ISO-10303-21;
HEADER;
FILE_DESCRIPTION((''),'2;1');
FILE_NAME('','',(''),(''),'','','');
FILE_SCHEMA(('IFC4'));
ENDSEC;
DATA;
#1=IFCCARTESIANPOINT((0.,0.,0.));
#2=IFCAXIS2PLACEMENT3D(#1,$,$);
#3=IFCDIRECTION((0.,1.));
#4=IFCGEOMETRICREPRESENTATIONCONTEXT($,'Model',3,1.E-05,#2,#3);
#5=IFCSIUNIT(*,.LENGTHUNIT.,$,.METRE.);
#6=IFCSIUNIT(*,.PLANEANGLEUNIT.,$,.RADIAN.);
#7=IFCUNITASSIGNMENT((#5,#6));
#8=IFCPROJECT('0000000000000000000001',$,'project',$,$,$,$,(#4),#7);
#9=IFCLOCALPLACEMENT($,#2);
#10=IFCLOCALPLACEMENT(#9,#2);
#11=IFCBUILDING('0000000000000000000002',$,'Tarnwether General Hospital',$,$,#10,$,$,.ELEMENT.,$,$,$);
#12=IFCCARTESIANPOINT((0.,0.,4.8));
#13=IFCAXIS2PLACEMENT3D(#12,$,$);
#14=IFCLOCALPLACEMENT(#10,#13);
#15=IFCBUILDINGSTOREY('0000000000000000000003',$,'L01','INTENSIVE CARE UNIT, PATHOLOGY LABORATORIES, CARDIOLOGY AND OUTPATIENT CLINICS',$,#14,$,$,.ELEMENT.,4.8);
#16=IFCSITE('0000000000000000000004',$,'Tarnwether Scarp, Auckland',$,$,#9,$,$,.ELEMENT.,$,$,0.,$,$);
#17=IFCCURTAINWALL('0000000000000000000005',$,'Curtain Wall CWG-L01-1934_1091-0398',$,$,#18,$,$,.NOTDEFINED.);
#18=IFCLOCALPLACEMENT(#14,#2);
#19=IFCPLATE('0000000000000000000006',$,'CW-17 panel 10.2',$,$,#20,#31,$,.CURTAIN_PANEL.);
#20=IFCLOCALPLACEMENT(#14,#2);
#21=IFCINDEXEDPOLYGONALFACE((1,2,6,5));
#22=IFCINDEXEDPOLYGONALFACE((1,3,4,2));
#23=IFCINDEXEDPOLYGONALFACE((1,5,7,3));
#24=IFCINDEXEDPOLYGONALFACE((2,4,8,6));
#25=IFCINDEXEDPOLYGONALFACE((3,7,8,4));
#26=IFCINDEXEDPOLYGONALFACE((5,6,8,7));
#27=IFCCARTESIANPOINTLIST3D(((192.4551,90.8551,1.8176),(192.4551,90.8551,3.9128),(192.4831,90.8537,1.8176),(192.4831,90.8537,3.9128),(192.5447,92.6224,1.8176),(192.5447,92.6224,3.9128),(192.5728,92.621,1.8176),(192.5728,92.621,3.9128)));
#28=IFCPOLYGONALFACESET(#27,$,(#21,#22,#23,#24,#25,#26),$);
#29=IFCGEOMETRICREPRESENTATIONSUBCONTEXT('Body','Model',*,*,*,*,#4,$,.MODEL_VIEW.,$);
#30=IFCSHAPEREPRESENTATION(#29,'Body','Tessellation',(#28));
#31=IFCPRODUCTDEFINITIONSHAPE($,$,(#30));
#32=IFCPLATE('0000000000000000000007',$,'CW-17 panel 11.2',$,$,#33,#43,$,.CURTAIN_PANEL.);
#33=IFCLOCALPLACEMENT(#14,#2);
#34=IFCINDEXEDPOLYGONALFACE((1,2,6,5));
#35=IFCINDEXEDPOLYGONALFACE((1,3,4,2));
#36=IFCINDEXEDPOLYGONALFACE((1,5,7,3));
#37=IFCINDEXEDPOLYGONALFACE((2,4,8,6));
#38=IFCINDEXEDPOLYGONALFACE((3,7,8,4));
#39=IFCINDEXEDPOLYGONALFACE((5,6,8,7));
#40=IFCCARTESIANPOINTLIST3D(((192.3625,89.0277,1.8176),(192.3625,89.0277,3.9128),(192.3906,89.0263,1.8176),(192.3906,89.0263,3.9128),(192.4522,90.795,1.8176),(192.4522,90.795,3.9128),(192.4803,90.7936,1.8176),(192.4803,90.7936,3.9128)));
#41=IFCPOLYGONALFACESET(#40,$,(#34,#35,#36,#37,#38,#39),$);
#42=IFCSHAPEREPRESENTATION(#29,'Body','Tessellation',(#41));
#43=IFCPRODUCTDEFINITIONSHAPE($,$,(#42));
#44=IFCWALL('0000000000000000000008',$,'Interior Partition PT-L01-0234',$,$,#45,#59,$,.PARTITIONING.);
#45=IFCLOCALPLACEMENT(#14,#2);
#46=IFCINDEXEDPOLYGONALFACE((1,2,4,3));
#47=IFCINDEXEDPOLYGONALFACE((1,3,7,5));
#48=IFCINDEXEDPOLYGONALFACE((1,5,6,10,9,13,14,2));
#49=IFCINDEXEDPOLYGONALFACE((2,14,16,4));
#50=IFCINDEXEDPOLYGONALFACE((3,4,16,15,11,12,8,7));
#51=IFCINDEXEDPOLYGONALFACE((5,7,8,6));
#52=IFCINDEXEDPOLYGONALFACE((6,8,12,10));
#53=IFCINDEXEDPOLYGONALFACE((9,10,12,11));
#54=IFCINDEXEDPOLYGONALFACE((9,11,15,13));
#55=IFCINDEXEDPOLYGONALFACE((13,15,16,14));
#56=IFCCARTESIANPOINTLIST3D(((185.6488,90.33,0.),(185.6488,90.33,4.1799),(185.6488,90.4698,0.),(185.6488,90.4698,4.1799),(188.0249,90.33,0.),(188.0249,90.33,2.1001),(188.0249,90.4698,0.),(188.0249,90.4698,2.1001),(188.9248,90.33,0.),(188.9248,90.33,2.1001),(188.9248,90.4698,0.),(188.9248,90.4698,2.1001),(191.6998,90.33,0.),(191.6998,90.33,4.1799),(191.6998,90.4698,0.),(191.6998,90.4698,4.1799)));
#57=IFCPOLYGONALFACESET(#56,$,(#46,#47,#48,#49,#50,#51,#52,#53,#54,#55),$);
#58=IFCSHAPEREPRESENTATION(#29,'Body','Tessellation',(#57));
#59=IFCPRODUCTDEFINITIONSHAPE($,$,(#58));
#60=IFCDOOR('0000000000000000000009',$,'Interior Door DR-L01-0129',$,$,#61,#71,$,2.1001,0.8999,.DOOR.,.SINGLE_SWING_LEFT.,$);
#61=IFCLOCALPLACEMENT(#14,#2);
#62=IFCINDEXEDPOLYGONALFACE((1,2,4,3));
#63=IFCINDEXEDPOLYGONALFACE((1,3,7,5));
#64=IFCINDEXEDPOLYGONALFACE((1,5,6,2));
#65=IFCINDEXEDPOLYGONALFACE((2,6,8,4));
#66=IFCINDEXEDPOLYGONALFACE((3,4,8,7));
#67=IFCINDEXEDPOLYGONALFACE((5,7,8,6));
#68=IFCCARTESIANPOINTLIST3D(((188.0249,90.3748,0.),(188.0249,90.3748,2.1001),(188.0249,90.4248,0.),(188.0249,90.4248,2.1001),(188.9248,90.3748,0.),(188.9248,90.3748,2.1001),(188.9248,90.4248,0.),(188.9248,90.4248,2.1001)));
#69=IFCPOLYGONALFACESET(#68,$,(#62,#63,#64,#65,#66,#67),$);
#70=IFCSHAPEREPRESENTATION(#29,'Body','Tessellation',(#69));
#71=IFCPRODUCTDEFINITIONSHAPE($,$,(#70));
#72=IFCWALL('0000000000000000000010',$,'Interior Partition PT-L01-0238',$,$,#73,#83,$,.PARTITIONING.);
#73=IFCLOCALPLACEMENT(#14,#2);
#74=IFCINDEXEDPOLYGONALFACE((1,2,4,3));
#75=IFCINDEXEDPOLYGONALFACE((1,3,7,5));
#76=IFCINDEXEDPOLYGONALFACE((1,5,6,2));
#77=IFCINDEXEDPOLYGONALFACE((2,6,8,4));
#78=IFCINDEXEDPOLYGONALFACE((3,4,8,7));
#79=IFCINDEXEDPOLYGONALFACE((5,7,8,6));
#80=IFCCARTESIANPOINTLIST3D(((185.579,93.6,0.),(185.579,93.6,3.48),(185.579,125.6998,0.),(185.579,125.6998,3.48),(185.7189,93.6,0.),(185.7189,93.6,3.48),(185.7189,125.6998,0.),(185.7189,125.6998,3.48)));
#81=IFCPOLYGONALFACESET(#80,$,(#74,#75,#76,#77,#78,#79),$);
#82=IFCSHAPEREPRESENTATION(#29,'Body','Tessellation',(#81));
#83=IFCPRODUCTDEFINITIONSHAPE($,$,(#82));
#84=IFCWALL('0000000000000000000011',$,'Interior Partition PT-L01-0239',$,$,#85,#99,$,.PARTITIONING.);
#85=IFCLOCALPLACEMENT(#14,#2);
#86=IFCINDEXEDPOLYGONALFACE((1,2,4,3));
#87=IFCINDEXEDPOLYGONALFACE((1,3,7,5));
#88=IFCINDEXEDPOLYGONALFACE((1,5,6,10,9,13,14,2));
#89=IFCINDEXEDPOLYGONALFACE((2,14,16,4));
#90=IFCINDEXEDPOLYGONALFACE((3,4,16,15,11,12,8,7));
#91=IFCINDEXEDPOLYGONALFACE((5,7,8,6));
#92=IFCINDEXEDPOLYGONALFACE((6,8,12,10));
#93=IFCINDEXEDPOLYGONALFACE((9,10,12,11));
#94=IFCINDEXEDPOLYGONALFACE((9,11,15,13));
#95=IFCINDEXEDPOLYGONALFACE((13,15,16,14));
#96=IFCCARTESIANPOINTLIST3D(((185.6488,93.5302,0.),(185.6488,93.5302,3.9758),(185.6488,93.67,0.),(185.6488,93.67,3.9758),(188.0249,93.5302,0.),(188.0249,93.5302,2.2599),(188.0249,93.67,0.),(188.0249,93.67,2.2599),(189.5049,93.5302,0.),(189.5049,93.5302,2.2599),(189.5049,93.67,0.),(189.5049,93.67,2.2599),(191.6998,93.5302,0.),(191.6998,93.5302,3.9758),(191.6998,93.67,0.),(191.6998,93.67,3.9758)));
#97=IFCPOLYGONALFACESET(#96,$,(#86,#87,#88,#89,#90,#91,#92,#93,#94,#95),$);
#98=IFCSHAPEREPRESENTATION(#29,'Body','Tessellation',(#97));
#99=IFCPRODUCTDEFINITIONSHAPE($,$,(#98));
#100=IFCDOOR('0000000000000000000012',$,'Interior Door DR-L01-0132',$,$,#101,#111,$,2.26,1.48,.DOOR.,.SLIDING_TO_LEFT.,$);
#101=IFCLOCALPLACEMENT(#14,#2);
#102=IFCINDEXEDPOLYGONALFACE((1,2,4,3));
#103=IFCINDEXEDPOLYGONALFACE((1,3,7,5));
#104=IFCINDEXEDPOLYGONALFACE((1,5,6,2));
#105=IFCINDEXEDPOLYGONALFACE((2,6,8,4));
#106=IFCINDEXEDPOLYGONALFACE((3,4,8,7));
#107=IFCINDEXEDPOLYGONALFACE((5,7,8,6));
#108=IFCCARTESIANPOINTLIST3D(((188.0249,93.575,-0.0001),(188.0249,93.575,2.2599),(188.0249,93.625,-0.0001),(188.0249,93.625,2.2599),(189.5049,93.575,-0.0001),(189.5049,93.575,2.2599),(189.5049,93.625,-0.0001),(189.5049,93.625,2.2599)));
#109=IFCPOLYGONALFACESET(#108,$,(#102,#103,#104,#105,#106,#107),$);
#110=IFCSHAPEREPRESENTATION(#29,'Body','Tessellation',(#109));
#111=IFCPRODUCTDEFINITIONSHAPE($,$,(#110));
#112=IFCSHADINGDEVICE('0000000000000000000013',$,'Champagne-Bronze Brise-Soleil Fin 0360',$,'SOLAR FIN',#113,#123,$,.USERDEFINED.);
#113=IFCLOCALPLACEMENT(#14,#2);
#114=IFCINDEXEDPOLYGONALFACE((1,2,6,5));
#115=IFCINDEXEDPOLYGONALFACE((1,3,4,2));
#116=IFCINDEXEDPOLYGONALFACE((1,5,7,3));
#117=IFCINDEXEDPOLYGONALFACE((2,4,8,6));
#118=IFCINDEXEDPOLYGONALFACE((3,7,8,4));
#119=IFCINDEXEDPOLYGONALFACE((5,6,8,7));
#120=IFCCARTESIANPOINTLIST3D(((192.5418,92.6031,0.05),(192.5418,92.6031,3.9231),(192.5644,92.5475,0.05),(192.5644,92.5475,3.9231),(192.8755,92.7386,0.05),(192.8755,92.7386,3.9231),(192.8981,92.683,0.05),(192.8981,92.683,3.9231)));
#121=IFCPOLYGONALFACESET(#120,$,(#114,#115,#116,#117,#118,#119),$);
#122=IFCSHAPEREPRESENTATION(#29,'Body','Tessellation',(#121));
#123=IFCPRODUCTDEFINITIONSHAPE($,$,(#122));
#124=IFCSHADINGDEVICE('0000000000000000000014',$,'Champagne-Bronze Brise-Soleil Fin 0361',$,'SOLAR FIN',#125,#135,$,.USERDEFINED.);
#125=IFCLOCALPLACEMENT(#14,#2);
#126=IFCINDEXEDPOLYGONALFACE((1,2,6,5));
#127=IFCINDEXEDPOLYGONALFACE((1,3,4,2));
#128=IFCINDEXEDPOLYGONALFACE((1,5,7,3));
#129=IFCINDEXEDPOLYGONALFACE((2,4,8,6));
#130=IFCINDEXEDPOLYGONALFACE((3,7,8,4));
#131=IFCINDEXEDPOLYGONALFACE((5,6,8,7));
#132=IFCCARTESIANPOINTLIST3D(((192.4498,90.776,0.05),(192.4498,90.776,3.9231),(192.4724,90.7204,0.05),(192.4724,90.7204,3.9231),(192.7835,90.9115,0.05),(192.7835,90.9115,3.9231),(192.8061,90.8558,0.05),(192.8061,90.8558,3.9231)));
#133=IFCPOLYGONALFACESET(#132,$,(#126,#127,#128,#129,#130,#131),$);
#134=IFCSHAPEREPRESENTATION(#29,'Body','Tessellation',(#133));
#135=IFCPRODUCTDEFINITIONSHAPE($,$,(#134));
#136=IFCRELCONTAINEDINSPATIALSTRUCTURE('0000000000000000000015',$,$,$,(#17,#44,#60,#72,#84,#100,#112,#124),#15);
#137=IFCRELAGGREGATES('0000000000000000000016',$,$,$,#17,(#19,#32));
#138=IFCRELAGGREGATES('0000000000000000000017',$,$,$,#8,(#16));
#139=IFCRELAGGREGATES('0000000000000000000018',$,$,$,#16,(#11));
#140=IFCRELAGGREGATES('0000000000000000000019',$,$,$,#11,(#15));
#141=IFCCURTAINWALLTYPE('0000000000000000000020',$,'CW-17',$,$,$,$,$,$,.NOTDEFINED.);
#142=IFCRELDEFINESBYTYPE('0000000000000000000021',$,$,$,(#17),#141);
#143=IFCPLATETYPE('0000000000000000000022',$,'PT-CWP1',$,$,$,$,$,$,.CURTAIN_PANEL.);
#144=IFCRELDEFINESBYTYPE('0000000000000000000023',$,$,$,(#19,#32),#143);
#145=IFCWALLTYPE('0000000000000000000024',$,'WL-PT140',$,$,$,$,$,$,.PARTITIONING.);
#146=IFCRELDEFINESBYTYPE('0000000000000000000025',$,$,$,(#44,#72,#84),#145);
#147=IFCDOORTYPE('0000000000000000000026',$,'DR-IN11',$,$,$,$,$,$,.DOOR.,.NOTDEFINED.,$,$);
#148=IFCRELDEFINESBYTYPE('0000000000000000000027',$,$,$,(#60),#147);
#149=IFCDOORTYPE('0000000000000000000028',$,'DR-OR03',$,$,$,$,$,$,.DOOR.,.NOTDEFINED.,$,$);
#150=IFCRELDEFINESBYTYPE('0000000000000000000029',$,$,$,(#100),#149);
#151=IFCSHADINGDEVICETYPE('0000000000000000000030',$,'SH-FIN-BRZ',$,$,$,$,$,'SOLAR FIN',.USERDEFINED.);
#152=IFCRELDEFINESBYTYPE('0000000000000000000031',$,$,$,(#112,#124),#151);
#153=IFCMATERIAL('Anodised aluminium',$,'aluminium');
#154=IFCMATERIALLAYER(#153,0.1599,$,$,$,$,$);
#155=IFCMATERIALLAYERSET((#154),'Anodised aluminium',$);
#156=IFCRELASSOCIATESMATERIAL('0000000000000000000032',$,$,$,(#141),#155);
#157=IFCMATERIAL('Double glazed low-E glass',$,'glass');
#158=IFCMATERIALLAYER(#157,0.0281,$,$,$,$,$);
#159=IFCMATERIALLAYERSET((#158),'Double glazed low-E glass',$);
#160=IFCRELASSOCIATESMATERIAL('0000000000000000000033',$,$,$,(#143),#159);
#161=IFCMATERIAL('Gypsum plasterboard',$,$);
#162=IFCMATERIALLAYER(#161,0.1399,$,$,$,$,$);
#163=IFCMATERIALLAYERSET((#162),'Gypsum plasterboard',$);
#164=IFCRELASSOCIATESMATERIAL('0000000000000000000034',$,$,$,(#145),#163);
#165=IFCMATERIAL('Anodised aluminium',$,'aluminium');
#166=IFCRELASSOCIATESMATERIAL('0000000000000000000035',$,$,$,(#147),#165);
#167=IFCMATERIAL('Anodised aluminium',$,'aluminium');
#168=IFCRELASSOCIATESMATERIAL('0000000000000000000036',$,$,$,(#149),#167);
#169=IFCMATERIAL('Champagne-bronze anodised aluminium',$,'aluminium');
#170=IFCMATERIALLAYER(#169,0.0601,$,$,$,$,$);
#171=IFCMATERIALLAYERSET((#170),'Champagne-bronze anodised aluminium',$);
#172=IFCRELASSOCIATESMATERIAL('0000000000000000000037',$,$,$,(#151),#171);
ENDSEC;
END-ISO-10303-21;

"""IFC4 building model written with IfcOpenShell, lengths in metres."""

from ifc_helpers import new_model, si_unit, direction, frame, frame_2d, origin, origin_2d, place, context, subcontext, project, spatial, rectangle, extrude, material, layer, layer_set, type_object, element, fill, aggregate, save


model = new_model("IFC4")

# Units and contexts
model_context = context("Model", 3, precision=1e-05, world=origin(), true_north=direction((0.0, 1.0)))
body_context = subcontext(model_context, "Body", "Model", "MODEL_VIEW")
ifc_project = project(units=[si_unit("LENGTHUNIT", "METRE"), si_unit("PLANEANGLEUNIT", "RADIAN")], contexts=[model_context])

# Site, building, storey
site_placement = place(None, origin())
site = spatial("IfcSite", under=ifc_project, at=site_placement, Name="Tarnwether Scarp, Auckland", CompositionType="ELEMENT", RefElevation=0.0)
building_placement = place(site_placement, origin())
building = spatial("IfcBuilding", under=site, at=building_placement, Name="Tarnwether General Hospital", CompositionType="ELEMENT")
storey_placement = place(building_placement, frame((0.0, 0.0, 4.8)))
storey = spatial("IfcBuildingStorey", under=building, at=storey_placement, Name="L01", Description="INTENSIVE CARE UNIT, PATHOLOGY LABORATORIES, CARDIOLOGY AND OUTPATIENT CLINICS", CompositionType="ELEMENT", Elevation=4.8)

# Curtain wall, plates
ifc_material_1 = material(Name="Anodised aluminium", Category="aluminium")
ifc_layer_1 = layer(ifc_material_1, 0.1599)
ifc_layer_set_1 = layer_set([ifc_layer_1], Name="Anodised aluminium")
curtain_wall_type = type_object("IfcCurtainWallType", Name="CW-17", PredefinedType="NOTDEFINED", material=ifc_layer_set_1)
curtain_wall_placement = place(storey_placement, origin())
curtain_wall = element("IfcCurtainWall", 1, at=curtain_wall_placement, inside=storey, type_object=curtain_wall_type, Name="Curtain Wall CWG-L01-1934_1091-0398", PredefinedType="NOTDEFINED")
ifc_material_2 = material(Name="Double glazed low-E glass", Category="glass")
ifc_layer_2 = layer(ifc_material_2, 0.0281)
ifc_layer_set_2 = layer_set([ifc_layer_2], Name="Double glazed low-E glass")
plate_type = type_object("IfcPlateType", Name="PT-CWP1", PredefinedType="CURTAIN_PANEL", material=ifc_layer_set_2)
plate_1_placement = place(storey_placement, frame((192.5139, 91.738, 1.8176), z_axis=(0.0, 0.0, 1.0), x_axis=(-0.050685, -0.998715, 0.0)))
plate_1 = element("IfcPlate", 2, at=plate_1_placement, type_object=plate_type, Name="CW-17 panel 10.2", PredefinedType="CURTAIN_PANEL", context=body_context, shape_type="SweptSolid", body=[
    extrude(rectangle(XDim=1.7695, YDim=0.0281, at=origin_2d()), origin(), (0.0, 0.0, 1.0), 2.0952),
])
plate_2_placement = place(storey_placement, frame((192.4214, 89.9106, 1.8176), z_axis=(0.0, 0.0, 1.0), x_axis=(-0.050685, -0.998715, 0.0)))
plate_2 = element("IfcPlate", 3, at=plate_2_placement, type_object=plate_type, Name="CW-17 panel 11.2", PredefinedType="CURTAIN_PANEL", context=body_context, shape_type="SweptSolid", body=[
    extrude(rectangle(XDim=1.7695, YDim=0.0281, at=origin_2d()), origin(), (0.0, 0.0, 1.0), 2.0952),
])
aggregate(curtain_wall, [plate_1, plate_2])

# Wall, opening, door
ifc_material_3 = material(Name="Gypsum plasterboard")
ifc_layer_3 = layer(ifc_material_3, 0.1399)
ifc_layer_set_3 = layer_set([ifc_layer_3], Name="Gypsum plasterboard")
wall_type = type_object("IfcWallType", Name="WL-PT140", PredefinedType="PARTITIONING", material=ifc_layer_set_3)
wall_1_placement = place(storey_placement, frame((185.6489, 90.3999, 0.0), z_axis=(0.0, 0.0, 1.0), x_axis=(1.0, 0.0, 0.0)))
wall_1 = element("IfcWall", 4, at=wall_1_placement, inside=storey, type_object=wall_type, Name="Interior Partition PT-L01-0234", PredefinedType="PARTITIONING", context=body_context, shape_type="SweptSolid", body=[
    extrude(rectangle(XDim=6.051, YDim=0.1399, at=frame_2d((3.0254, 0.0))), origin(), (0.0, 0.0, 1.0), 4.1799),
])
opening_1_placement = place(wall_1_placement, frame((2.376, 0.0, 0.0)))
opening_1 = element("IfcOpeningElement", 5, at=opening_1_placement, cuts=wall_1, PredefinedType="OPENING", context=body_context, shape_type="SweptSolid", body=[
    extrude(rectangle(XDim=0.8999, YDim=2.1001, at=frame_2d((0.45, 1.05))), frame((0.0, 0.0801, 0.0), z_axis=(0.0, -1.0, 0.0), x_axis=(1.0, 0.0, 0.0)), (0.0, 0.0, 1.0), 0.1599),
])
ifc_material_4 = material(Name="Anodised aluminium", Category="aluminium")
door_type_1 = type_object("IfcDoorType", Name="DR-IN11", OperationType="NOTDEFINED", PredefinedType="DOOR", material=ifc_material_4)
door_1_placement = place(opening_1_placement, origin())
door_1 = element("IfcDoor", 6, at=door_1_placement, inside=storey, type_object=door_type_1, Name="Interior Door DR-L01-0129", OperationType="SINGLE_SWING_LEFT", OverallHeight=2.1001, OverallWidth=0.8999, PredefinedType="DOOR", context=body_context, shape_type="SweptSolid", body=[
    extrude(rectangle(XDim=0.8999, YDim=2.1001, at=frame_2d((0.45, 1.05))), frame((0.0, 0.0249, 0.0), z_axis=(0.0, -1.0, 0.0), x_axis=(1.0, 0.0, 0.0)), (0.0, 0.0, 1.0), 0.05),
])
fill(opening_1, door_1)

# Wall
wall_2_placement = place(storey_placement, frame((185.6489, 93.6001, 0.0), z_axis=(0.0, 0.0, 1.0), x_axis=(0.0, 1.0, 0.0)))
element("IfcWall", 7, at=wall_2_placement, inside=storey, type_object=wall_type, Name="Interior Partition PT-L01-0238", PredefinedType="PARTITIONING", context=body_context, shape_type="SweptSolid", body=[
    extrude(rectangle(XDim=32.0999, YDim=0.1399, at=frame_2d((16.0498, 0.0))), origin(), (0.0, 0.0, 1.0), 3.48),
])

# Wall, opening, door
wall_3_placement = place(storey_placement, frame((185.6489, 93.6001, 0.0), z_axis=(0.0, 0.0, 1.0), x_axis=(1.0, 0.0, 0.0)))
wall_3 = element("IfcWall", 8, at=wall_3_placement, inside=storey, type_object=wall_type, Name="Interior Partition PT-L01-0239", PredefinedType="PARTITIONING", context=body_context, shape_type="SweptSolid", body=[
    extrude(rectangle(XDim=6.051, YDim=0.1399, at=frame_2d((3.0254, 0.0))), origin(), (0.0, 0.0, 1.0), 3.9758),
])
opening_2_placement = place(wall_3_placement, frame((2.376, 0.0, 0.0)))
opening_2 = element("IfcOpeningElement", 9, at=opening_2_placement, cuts=wall_3, PredefinedType="OPENING", context=body_context, shape_type="SweptSolid", body=[
    extrude(rectangle(XDim=1.48, YDim=2.26, at=frame_2d((0.74, 1.1299))), frame((0.0, 0.0801, 0.0), z_axis=(0.0, -1.0, 0.0), x_axis=(1.0, 0.0, 0.0)), (0.0, 0.0, 1.0), 0.1599),
])
ifc_material_5 = material(Name="Anodised aluminium", Category="aluminium")
door_type_2 = type_object("IfcDoorType", Name="DR-OR03", OperationType="NOTDEFINED", PredefinedType="DOOR", material=ifc_material_5)
door_2_placement = place(opening_2_placement, origin())
door_2 = element("IfcDoor", 10, at=door_2_placement, inside=storey, type_object=door_type_2, Name="Interior Door DR-L01-0132", OperationType="SLIDING_TO_LEFT", OverallHeight=2.26, OverallWidth=1.48, PredefinedType="DOOR", context=body_context, shape_type="SweptSolid", body=[
    extrude(rectangle(XDim=1.48, YDim=2.26, at=frame_2d((0.74, 1.1299))), frame((0.0, 0.0249, 0.0), z_axis=(0.0, -1.0, 0.0), x_axis=(1.0, 0.0, 0.0)), (0.0, 0.0, 1.0), 0.05),
])
fill(opening_2, door_2)

# Shading devices
ifc_material_6 = material(Name="Champagne-bronze anodised aluminium", Category="aluminium")
ifc_layer_4 = layer(ifc_material_6, 0.0601)
ifc_layer_set_4 = layer_set([ifc_layer_4], Name="Champagne-bronze anodised aluminium")
shading_device_type = type_object("IfcShadingDeviceType", Name="SH-FIN-BRZ", ElementType="SOLAR FIN", PredefinedType="USERDEFINED", material=ifc_layer_set_4)
for number, where, z_axis, x_axis, name in (
    (11, (192.72, 92.6431, 0.05), (0.0, 0.0, 1.0), (0.376224, -0.926529, 0.0), "Champagne-Bronze Brise-Soleil Fin 0360"),
    (12, (192.6279, 90.8159, 0.05), (0.0, 0.0, 1.0), (0.376224, -0.926529, 0.0), "Champagne-Bronze Brise-Soleil Fin 0361"),
):
    element("IfcShadingDevice", number, at=place(storey_placement, frame(where, z_axis=z_axis, x_axis=x_axis)), inside=storey, type_object=shading_device_type, Name=name, ObjectType="SOLAR FIN", PredefinedType="USERDEFINED", context=body_context, shape_type="SweptSolid", body=[
        extrude(rectangle(XDim=0.0601, YDim=0.3601, at=origin_2d()), origin(), (0.0, 0.0, 1.0), 3.873),
    ])

save(model, "model.ifc")
